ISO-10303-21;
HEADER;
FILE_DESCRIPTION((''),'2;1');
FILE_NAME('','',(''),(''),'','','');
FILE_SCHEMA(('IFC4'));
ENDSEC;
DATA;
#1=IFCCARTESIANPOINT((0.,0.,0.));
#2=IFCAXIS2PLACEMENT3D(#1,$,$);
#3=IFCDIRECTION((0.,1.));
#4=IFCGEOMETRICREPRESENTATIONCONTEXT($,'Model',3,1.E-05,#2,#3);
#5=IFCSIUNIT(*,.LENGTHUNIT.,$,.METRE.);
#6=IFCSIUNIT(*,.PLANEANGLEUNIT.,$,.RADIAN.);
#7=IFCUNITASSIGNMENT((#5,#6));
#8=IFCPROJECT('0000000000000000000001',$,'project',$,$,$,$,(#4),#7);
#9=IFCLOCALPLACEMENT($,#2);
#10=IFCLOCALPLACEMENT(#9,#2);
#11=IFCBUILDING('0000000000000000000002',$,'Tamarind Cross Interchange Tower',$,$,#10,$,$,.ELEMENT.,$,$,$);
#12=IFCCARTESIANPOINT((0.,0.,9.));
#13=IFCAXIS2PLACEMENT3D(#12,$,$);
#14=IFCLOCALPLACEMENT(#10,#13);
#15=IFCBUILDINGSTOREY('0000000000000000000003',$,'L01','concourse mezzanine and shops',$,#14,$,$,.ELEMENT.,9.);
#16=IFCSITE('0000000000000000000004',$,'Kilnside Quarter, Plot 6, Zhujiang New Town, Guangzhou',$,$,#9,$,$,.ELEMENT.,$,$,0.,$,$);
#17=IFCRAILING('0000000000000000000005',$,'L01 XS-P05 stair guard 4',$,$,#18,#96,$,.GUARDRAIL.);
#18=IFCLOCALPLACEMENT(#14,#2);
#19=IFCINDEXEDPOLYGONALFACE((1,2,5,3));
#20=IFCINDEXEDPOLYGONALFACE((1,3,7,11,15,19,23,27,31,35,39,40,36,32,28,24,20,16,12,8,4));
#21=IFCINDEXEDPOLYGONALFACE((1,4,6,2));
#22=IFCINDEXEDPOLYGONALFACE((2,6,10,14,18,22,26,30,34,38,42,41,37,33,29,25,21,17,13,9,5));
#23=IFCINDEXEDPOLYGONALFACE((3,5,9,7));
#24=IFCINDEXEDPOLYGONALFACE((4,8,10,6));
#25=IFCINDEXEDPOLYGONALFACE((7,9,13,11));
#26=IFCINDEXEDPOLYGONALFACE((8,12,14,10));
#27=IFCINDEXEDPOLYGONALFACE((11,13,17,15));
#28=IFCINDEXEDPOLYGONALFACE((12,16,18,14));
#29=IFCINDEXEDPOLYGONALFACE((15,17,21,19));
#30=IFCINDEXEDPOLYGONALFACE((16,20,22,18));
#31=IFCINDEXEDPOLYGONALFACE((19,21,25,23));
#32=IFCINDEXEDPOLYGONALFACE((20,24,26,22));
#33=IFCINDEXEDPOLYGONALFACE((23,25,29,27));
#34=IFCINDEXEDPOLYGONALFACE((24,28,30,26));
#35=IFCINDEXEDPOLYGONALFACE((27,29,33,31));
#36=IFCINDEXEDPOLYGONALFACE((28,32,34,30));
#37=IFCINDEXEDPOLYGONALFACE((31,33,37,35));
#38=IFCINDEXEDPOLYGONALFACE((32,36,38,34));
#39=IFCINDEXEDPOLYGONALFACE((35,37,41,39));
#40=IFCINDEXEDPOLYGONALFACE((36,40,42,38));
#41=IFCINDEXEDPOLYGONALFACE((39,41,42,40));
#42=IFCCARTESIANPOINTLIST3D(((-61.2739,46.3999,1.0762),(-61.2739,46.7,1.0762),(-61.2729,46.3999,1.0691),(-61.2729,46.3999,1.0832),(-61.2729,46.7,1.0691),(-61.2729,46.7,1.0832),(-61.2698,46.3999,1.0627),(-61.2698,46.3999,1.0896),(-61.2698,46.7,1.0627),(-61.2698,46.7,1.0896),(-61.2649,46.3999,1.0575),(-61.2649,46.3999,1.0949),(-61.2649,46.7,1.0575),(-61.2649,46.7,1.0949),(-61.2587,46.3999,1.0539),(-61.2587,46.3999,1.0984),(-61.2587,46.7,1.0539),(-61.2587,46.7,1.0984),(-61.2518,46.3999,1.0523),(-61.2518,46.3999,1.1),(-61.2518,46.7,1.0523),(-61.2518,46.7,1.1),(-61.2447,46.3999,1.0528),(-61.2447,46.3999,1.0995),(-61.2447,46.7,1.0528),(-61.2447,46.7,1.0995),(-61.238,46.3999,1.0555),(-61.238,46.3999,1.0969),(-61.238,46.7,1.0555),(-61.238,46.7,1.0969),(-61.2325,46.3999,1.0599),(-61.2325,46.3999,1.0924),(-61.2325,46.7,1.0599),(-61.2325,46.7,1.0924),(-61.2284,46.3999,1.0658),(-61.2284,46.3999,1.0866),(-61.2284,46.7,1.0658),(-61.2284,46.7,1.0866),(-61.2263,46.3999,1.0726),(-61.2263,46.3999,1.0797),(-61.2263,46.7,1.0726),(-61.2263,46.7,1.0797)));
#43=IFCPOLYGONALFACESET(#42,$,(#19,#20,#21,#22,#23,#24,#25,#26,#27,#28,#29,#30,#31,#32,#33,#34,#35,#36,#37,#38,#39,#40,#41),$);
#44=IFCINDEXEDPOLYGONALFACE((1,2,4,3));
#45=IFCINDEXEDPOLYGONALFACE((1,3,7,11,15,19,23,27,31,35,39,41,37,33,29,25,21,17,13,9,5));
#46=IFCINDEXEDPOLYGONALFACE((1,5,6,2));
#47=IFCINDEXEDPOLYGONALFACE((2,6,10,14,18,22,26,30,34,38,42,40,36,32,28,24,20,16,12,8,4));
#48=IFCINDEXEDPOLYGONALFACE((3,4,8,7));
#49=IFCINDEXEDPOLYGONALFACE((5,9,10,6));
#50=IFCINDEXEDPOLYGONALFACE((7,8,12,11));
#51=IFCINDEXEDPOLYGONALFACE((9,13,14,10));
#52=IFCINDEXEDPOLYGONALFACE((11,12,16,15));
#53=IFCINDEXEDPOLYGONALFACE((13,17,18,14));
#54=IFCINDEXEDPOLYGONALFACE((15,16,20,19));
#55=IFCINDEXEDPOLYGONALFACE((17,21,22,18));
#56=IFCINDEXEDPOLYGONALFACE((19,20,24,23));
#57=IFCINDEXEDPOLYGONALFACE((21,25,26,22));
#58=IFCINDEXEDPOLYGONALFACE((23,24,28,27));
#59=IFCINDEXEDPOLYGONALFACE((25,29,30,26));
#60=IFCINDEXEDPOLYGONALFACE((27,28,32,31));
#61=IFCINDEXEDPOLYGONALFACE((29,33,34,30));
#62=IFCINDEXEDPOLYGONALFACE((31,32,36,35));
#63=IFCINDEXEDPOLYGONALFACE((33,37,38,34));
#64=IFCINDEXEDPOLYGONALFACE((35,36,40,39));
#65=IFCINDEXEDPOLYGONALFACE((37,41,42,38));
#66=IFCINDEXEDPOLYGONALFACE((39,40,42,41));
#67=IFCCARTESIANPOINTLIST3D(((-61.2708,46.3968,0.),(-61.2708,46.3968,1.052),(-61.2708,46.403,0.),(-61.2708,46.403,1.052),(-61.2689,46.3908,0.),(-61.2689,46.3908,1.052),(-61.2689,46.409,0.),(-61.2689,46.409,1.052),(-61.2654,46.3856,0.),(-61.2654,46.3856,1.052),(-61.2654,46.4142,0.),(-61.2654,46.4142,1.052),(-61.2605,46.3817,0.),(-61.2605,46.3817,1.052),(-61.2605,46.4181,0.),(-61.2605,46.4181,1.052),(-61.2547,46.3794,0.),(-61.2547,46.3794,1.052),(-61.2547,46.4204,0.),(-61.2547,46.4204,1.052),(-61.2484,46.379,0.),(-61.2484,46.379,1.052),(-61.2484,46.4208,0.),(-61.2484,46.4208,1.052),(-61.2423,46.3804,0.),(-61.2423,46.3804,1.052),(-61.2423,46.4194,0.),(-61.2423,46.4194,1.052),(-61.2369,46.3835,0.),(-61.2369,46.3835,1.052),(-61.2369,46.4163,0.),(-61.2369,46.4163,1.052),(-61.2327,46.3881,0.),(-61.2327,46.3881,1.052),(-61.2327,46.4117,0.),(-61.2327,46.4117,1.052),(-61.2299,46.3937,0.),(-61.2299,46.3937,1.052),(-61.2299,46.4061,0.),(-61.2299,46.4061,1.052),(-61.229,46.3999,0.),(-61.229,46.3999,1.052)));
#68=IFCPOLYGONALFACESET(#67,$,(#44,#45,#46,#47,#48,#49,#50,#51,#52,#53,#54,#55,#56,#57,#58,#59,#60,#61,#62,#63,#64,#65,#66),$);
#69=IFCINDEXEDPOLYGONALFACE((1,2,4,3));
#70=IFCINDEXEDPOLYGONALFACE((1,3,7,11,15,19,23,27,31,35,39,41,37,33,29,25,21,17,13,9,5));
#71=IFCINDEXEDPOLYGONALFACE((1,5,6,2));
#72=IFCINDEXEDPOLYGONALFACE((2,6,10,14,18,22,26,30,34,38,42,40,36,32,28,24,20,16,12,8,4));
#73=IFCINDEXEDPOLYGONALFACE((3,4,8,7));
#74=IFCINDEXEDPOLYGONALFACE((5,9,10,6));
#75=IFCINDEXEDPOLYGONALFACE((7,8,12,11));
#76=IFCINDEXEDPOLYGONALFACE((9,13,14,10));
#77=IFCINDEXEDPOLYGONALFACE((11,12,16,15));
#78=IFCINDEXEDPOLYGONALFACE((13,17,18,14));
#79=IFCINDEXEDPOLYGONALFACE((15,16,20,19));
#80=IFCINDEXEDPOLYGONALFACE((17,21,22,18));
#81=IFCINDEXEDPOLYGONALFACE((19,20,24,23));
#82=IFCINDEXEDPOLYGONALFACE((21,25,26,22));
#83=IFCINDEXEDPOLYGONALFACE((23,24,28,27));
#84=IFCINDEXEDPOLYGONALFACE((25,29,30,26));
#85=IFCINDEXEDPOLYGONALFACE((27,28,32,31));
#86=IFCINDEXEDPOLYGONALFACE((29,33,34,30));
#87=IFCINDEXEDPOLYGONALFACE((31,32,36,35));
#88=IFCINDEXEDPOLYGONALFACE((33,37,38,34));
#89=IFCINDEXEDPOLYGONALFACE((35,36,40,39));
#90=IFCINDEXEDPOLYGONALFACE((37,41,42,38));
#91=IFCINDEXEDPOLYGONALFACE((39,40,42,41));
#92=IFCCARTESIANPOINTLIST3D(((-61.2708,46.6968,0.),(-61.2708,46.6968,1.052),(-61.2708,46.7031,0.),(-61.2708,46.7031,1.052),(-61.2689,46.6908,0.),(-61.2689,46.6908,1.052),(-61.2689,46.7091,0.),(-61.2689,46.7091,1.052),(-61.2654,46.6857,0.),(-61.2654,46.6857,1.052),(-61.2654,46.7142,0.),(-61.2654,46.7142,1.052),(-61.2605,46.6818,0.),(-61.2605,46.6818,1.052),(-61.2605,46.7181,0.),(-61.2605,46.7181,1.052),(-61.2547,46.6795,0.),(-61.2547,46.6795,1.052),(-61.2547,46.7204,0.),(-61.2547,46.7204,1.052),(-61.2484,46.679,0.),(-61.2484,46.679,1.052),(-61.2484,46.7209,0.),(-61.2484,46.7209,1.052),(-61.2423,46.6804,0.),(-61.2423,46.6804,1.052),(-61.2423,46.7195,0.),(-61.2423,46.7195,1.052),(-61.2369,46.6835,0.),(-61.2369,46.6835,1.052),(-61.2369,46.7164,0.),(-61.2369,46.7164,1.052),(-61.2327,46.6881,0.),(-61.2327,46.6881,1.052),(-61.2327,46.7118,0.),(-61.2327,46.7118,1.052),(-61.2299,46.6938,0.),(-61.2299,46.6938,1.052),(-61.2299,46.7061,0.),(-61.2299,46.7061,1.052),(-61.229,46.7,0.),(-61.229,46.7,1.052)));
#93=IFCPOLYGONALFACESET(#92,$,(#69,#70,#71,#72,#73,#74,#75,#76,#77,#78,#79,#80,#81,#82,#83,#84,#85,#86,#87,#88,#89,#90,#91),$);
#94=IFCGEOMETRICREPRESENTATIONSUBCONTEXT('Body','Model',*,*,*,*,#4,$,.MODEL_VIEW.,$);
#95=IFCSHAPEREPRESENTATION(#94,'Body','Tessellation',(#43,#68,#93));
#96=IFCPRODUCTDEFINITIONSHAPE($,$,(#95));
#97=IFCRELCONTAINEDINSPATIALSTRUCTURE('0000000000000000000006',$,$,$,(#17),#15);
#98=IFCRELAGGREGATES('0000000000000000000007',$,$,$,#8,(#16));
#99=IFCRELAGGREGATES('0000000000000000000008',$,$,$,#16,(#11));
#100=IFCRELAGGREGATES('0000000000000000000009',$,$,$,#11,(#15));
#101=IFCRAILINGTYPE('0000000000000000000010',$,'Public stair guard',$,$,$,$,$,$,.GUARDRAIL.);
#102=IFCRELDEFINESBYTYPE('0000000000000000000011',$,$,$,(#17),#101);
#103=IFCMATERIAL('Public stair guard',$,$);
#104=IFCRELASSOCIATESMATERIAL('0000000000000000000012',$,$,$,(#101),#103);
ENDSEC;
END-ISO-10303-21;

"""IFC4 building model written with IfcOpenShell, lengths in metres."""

from ifc_helpers import new_model, si_unit, direction, frame, origin, origin_2d, place, context, subcontext, project, spatial, circle, extrude, material, type_object, element, save


model = new_model("IFC4")

# Units and contexts
model_context = context("Model", 3, precision=1e-05, world=origin(), true_north=direction((0.0, 1.0)))
body_context = subcontext(model_context, "Body", "Model", "MODEL_VIEW")
ifc_project = project(units=[si_unit("LENGTHUNIT", "METRE"), si_unit("PLANEANGLEUNIT", "RADIAN")], contexts=[model_context])

# Site, building, storey
site_placement = place(None, origin())
site = spatial("IfcSite", under=ifc_project, at=site_placement, Name="Kilnside Quarter, Plot 6, Zhujiang New Town, Guangzhou", CompositionType="ELEMENT", RefElevation=0.0)
building_placement = place(site_placement, origin())
building = spatial("IfcBuilding", under=site, at=building_placement, Name="Tamarind Cross Interchange Tower", CompositionType="ELEMENT")
storey_placement = place(building_placement, frame((0.0, 0.0, 9.0)))
storey = spatial("IfcBuildingStorey", under=building, at=storey_placement, Name="L01", Description="concourse mezzanine and shops", CompositionType="ELEMENT", Elevation=9.0)

# Railing
ifc_material_1 = material(Name="Public stair guard")
railing_type_1 = type_object("IfcRailingType", Name="Public stair guard", PredefinedType="GUARDRAIL", material=ifc_material_1)
railing_1_placement = place(storey_placement, frame((-61.25, 46.3999, 0.0)))
element("IfcRailing", 1, at=railing_1_placement, inside=storey, type_object=railing_type_1, Name="L01 XS-P05 stair guard 4", PredefinedType="GUARDRAIL", context=body_context, shape_type="SweptSolid", body=[
    extrude(circle(Radius=0.0239, at=origin_2d()), frame((0.0, 0.0, 1.0762), z_axis=(0.0, 1.0, 0.0), x_axis=(-1.0, 0.0, 0.0)), (0.0, 0.0, 1.0), 0.3),
    extrude(circle(Radius=0.021, at=origin_2d()), origin(), (0.0, 0.0, 1.0), 1.052),
    extrude(circle(Radius=0.021, at=origin_2d()), frame((0.0, 0.3, 0.0)), (0.0, 0.0, 1.0), 1.052),
])

save(model, "model.ifc")
